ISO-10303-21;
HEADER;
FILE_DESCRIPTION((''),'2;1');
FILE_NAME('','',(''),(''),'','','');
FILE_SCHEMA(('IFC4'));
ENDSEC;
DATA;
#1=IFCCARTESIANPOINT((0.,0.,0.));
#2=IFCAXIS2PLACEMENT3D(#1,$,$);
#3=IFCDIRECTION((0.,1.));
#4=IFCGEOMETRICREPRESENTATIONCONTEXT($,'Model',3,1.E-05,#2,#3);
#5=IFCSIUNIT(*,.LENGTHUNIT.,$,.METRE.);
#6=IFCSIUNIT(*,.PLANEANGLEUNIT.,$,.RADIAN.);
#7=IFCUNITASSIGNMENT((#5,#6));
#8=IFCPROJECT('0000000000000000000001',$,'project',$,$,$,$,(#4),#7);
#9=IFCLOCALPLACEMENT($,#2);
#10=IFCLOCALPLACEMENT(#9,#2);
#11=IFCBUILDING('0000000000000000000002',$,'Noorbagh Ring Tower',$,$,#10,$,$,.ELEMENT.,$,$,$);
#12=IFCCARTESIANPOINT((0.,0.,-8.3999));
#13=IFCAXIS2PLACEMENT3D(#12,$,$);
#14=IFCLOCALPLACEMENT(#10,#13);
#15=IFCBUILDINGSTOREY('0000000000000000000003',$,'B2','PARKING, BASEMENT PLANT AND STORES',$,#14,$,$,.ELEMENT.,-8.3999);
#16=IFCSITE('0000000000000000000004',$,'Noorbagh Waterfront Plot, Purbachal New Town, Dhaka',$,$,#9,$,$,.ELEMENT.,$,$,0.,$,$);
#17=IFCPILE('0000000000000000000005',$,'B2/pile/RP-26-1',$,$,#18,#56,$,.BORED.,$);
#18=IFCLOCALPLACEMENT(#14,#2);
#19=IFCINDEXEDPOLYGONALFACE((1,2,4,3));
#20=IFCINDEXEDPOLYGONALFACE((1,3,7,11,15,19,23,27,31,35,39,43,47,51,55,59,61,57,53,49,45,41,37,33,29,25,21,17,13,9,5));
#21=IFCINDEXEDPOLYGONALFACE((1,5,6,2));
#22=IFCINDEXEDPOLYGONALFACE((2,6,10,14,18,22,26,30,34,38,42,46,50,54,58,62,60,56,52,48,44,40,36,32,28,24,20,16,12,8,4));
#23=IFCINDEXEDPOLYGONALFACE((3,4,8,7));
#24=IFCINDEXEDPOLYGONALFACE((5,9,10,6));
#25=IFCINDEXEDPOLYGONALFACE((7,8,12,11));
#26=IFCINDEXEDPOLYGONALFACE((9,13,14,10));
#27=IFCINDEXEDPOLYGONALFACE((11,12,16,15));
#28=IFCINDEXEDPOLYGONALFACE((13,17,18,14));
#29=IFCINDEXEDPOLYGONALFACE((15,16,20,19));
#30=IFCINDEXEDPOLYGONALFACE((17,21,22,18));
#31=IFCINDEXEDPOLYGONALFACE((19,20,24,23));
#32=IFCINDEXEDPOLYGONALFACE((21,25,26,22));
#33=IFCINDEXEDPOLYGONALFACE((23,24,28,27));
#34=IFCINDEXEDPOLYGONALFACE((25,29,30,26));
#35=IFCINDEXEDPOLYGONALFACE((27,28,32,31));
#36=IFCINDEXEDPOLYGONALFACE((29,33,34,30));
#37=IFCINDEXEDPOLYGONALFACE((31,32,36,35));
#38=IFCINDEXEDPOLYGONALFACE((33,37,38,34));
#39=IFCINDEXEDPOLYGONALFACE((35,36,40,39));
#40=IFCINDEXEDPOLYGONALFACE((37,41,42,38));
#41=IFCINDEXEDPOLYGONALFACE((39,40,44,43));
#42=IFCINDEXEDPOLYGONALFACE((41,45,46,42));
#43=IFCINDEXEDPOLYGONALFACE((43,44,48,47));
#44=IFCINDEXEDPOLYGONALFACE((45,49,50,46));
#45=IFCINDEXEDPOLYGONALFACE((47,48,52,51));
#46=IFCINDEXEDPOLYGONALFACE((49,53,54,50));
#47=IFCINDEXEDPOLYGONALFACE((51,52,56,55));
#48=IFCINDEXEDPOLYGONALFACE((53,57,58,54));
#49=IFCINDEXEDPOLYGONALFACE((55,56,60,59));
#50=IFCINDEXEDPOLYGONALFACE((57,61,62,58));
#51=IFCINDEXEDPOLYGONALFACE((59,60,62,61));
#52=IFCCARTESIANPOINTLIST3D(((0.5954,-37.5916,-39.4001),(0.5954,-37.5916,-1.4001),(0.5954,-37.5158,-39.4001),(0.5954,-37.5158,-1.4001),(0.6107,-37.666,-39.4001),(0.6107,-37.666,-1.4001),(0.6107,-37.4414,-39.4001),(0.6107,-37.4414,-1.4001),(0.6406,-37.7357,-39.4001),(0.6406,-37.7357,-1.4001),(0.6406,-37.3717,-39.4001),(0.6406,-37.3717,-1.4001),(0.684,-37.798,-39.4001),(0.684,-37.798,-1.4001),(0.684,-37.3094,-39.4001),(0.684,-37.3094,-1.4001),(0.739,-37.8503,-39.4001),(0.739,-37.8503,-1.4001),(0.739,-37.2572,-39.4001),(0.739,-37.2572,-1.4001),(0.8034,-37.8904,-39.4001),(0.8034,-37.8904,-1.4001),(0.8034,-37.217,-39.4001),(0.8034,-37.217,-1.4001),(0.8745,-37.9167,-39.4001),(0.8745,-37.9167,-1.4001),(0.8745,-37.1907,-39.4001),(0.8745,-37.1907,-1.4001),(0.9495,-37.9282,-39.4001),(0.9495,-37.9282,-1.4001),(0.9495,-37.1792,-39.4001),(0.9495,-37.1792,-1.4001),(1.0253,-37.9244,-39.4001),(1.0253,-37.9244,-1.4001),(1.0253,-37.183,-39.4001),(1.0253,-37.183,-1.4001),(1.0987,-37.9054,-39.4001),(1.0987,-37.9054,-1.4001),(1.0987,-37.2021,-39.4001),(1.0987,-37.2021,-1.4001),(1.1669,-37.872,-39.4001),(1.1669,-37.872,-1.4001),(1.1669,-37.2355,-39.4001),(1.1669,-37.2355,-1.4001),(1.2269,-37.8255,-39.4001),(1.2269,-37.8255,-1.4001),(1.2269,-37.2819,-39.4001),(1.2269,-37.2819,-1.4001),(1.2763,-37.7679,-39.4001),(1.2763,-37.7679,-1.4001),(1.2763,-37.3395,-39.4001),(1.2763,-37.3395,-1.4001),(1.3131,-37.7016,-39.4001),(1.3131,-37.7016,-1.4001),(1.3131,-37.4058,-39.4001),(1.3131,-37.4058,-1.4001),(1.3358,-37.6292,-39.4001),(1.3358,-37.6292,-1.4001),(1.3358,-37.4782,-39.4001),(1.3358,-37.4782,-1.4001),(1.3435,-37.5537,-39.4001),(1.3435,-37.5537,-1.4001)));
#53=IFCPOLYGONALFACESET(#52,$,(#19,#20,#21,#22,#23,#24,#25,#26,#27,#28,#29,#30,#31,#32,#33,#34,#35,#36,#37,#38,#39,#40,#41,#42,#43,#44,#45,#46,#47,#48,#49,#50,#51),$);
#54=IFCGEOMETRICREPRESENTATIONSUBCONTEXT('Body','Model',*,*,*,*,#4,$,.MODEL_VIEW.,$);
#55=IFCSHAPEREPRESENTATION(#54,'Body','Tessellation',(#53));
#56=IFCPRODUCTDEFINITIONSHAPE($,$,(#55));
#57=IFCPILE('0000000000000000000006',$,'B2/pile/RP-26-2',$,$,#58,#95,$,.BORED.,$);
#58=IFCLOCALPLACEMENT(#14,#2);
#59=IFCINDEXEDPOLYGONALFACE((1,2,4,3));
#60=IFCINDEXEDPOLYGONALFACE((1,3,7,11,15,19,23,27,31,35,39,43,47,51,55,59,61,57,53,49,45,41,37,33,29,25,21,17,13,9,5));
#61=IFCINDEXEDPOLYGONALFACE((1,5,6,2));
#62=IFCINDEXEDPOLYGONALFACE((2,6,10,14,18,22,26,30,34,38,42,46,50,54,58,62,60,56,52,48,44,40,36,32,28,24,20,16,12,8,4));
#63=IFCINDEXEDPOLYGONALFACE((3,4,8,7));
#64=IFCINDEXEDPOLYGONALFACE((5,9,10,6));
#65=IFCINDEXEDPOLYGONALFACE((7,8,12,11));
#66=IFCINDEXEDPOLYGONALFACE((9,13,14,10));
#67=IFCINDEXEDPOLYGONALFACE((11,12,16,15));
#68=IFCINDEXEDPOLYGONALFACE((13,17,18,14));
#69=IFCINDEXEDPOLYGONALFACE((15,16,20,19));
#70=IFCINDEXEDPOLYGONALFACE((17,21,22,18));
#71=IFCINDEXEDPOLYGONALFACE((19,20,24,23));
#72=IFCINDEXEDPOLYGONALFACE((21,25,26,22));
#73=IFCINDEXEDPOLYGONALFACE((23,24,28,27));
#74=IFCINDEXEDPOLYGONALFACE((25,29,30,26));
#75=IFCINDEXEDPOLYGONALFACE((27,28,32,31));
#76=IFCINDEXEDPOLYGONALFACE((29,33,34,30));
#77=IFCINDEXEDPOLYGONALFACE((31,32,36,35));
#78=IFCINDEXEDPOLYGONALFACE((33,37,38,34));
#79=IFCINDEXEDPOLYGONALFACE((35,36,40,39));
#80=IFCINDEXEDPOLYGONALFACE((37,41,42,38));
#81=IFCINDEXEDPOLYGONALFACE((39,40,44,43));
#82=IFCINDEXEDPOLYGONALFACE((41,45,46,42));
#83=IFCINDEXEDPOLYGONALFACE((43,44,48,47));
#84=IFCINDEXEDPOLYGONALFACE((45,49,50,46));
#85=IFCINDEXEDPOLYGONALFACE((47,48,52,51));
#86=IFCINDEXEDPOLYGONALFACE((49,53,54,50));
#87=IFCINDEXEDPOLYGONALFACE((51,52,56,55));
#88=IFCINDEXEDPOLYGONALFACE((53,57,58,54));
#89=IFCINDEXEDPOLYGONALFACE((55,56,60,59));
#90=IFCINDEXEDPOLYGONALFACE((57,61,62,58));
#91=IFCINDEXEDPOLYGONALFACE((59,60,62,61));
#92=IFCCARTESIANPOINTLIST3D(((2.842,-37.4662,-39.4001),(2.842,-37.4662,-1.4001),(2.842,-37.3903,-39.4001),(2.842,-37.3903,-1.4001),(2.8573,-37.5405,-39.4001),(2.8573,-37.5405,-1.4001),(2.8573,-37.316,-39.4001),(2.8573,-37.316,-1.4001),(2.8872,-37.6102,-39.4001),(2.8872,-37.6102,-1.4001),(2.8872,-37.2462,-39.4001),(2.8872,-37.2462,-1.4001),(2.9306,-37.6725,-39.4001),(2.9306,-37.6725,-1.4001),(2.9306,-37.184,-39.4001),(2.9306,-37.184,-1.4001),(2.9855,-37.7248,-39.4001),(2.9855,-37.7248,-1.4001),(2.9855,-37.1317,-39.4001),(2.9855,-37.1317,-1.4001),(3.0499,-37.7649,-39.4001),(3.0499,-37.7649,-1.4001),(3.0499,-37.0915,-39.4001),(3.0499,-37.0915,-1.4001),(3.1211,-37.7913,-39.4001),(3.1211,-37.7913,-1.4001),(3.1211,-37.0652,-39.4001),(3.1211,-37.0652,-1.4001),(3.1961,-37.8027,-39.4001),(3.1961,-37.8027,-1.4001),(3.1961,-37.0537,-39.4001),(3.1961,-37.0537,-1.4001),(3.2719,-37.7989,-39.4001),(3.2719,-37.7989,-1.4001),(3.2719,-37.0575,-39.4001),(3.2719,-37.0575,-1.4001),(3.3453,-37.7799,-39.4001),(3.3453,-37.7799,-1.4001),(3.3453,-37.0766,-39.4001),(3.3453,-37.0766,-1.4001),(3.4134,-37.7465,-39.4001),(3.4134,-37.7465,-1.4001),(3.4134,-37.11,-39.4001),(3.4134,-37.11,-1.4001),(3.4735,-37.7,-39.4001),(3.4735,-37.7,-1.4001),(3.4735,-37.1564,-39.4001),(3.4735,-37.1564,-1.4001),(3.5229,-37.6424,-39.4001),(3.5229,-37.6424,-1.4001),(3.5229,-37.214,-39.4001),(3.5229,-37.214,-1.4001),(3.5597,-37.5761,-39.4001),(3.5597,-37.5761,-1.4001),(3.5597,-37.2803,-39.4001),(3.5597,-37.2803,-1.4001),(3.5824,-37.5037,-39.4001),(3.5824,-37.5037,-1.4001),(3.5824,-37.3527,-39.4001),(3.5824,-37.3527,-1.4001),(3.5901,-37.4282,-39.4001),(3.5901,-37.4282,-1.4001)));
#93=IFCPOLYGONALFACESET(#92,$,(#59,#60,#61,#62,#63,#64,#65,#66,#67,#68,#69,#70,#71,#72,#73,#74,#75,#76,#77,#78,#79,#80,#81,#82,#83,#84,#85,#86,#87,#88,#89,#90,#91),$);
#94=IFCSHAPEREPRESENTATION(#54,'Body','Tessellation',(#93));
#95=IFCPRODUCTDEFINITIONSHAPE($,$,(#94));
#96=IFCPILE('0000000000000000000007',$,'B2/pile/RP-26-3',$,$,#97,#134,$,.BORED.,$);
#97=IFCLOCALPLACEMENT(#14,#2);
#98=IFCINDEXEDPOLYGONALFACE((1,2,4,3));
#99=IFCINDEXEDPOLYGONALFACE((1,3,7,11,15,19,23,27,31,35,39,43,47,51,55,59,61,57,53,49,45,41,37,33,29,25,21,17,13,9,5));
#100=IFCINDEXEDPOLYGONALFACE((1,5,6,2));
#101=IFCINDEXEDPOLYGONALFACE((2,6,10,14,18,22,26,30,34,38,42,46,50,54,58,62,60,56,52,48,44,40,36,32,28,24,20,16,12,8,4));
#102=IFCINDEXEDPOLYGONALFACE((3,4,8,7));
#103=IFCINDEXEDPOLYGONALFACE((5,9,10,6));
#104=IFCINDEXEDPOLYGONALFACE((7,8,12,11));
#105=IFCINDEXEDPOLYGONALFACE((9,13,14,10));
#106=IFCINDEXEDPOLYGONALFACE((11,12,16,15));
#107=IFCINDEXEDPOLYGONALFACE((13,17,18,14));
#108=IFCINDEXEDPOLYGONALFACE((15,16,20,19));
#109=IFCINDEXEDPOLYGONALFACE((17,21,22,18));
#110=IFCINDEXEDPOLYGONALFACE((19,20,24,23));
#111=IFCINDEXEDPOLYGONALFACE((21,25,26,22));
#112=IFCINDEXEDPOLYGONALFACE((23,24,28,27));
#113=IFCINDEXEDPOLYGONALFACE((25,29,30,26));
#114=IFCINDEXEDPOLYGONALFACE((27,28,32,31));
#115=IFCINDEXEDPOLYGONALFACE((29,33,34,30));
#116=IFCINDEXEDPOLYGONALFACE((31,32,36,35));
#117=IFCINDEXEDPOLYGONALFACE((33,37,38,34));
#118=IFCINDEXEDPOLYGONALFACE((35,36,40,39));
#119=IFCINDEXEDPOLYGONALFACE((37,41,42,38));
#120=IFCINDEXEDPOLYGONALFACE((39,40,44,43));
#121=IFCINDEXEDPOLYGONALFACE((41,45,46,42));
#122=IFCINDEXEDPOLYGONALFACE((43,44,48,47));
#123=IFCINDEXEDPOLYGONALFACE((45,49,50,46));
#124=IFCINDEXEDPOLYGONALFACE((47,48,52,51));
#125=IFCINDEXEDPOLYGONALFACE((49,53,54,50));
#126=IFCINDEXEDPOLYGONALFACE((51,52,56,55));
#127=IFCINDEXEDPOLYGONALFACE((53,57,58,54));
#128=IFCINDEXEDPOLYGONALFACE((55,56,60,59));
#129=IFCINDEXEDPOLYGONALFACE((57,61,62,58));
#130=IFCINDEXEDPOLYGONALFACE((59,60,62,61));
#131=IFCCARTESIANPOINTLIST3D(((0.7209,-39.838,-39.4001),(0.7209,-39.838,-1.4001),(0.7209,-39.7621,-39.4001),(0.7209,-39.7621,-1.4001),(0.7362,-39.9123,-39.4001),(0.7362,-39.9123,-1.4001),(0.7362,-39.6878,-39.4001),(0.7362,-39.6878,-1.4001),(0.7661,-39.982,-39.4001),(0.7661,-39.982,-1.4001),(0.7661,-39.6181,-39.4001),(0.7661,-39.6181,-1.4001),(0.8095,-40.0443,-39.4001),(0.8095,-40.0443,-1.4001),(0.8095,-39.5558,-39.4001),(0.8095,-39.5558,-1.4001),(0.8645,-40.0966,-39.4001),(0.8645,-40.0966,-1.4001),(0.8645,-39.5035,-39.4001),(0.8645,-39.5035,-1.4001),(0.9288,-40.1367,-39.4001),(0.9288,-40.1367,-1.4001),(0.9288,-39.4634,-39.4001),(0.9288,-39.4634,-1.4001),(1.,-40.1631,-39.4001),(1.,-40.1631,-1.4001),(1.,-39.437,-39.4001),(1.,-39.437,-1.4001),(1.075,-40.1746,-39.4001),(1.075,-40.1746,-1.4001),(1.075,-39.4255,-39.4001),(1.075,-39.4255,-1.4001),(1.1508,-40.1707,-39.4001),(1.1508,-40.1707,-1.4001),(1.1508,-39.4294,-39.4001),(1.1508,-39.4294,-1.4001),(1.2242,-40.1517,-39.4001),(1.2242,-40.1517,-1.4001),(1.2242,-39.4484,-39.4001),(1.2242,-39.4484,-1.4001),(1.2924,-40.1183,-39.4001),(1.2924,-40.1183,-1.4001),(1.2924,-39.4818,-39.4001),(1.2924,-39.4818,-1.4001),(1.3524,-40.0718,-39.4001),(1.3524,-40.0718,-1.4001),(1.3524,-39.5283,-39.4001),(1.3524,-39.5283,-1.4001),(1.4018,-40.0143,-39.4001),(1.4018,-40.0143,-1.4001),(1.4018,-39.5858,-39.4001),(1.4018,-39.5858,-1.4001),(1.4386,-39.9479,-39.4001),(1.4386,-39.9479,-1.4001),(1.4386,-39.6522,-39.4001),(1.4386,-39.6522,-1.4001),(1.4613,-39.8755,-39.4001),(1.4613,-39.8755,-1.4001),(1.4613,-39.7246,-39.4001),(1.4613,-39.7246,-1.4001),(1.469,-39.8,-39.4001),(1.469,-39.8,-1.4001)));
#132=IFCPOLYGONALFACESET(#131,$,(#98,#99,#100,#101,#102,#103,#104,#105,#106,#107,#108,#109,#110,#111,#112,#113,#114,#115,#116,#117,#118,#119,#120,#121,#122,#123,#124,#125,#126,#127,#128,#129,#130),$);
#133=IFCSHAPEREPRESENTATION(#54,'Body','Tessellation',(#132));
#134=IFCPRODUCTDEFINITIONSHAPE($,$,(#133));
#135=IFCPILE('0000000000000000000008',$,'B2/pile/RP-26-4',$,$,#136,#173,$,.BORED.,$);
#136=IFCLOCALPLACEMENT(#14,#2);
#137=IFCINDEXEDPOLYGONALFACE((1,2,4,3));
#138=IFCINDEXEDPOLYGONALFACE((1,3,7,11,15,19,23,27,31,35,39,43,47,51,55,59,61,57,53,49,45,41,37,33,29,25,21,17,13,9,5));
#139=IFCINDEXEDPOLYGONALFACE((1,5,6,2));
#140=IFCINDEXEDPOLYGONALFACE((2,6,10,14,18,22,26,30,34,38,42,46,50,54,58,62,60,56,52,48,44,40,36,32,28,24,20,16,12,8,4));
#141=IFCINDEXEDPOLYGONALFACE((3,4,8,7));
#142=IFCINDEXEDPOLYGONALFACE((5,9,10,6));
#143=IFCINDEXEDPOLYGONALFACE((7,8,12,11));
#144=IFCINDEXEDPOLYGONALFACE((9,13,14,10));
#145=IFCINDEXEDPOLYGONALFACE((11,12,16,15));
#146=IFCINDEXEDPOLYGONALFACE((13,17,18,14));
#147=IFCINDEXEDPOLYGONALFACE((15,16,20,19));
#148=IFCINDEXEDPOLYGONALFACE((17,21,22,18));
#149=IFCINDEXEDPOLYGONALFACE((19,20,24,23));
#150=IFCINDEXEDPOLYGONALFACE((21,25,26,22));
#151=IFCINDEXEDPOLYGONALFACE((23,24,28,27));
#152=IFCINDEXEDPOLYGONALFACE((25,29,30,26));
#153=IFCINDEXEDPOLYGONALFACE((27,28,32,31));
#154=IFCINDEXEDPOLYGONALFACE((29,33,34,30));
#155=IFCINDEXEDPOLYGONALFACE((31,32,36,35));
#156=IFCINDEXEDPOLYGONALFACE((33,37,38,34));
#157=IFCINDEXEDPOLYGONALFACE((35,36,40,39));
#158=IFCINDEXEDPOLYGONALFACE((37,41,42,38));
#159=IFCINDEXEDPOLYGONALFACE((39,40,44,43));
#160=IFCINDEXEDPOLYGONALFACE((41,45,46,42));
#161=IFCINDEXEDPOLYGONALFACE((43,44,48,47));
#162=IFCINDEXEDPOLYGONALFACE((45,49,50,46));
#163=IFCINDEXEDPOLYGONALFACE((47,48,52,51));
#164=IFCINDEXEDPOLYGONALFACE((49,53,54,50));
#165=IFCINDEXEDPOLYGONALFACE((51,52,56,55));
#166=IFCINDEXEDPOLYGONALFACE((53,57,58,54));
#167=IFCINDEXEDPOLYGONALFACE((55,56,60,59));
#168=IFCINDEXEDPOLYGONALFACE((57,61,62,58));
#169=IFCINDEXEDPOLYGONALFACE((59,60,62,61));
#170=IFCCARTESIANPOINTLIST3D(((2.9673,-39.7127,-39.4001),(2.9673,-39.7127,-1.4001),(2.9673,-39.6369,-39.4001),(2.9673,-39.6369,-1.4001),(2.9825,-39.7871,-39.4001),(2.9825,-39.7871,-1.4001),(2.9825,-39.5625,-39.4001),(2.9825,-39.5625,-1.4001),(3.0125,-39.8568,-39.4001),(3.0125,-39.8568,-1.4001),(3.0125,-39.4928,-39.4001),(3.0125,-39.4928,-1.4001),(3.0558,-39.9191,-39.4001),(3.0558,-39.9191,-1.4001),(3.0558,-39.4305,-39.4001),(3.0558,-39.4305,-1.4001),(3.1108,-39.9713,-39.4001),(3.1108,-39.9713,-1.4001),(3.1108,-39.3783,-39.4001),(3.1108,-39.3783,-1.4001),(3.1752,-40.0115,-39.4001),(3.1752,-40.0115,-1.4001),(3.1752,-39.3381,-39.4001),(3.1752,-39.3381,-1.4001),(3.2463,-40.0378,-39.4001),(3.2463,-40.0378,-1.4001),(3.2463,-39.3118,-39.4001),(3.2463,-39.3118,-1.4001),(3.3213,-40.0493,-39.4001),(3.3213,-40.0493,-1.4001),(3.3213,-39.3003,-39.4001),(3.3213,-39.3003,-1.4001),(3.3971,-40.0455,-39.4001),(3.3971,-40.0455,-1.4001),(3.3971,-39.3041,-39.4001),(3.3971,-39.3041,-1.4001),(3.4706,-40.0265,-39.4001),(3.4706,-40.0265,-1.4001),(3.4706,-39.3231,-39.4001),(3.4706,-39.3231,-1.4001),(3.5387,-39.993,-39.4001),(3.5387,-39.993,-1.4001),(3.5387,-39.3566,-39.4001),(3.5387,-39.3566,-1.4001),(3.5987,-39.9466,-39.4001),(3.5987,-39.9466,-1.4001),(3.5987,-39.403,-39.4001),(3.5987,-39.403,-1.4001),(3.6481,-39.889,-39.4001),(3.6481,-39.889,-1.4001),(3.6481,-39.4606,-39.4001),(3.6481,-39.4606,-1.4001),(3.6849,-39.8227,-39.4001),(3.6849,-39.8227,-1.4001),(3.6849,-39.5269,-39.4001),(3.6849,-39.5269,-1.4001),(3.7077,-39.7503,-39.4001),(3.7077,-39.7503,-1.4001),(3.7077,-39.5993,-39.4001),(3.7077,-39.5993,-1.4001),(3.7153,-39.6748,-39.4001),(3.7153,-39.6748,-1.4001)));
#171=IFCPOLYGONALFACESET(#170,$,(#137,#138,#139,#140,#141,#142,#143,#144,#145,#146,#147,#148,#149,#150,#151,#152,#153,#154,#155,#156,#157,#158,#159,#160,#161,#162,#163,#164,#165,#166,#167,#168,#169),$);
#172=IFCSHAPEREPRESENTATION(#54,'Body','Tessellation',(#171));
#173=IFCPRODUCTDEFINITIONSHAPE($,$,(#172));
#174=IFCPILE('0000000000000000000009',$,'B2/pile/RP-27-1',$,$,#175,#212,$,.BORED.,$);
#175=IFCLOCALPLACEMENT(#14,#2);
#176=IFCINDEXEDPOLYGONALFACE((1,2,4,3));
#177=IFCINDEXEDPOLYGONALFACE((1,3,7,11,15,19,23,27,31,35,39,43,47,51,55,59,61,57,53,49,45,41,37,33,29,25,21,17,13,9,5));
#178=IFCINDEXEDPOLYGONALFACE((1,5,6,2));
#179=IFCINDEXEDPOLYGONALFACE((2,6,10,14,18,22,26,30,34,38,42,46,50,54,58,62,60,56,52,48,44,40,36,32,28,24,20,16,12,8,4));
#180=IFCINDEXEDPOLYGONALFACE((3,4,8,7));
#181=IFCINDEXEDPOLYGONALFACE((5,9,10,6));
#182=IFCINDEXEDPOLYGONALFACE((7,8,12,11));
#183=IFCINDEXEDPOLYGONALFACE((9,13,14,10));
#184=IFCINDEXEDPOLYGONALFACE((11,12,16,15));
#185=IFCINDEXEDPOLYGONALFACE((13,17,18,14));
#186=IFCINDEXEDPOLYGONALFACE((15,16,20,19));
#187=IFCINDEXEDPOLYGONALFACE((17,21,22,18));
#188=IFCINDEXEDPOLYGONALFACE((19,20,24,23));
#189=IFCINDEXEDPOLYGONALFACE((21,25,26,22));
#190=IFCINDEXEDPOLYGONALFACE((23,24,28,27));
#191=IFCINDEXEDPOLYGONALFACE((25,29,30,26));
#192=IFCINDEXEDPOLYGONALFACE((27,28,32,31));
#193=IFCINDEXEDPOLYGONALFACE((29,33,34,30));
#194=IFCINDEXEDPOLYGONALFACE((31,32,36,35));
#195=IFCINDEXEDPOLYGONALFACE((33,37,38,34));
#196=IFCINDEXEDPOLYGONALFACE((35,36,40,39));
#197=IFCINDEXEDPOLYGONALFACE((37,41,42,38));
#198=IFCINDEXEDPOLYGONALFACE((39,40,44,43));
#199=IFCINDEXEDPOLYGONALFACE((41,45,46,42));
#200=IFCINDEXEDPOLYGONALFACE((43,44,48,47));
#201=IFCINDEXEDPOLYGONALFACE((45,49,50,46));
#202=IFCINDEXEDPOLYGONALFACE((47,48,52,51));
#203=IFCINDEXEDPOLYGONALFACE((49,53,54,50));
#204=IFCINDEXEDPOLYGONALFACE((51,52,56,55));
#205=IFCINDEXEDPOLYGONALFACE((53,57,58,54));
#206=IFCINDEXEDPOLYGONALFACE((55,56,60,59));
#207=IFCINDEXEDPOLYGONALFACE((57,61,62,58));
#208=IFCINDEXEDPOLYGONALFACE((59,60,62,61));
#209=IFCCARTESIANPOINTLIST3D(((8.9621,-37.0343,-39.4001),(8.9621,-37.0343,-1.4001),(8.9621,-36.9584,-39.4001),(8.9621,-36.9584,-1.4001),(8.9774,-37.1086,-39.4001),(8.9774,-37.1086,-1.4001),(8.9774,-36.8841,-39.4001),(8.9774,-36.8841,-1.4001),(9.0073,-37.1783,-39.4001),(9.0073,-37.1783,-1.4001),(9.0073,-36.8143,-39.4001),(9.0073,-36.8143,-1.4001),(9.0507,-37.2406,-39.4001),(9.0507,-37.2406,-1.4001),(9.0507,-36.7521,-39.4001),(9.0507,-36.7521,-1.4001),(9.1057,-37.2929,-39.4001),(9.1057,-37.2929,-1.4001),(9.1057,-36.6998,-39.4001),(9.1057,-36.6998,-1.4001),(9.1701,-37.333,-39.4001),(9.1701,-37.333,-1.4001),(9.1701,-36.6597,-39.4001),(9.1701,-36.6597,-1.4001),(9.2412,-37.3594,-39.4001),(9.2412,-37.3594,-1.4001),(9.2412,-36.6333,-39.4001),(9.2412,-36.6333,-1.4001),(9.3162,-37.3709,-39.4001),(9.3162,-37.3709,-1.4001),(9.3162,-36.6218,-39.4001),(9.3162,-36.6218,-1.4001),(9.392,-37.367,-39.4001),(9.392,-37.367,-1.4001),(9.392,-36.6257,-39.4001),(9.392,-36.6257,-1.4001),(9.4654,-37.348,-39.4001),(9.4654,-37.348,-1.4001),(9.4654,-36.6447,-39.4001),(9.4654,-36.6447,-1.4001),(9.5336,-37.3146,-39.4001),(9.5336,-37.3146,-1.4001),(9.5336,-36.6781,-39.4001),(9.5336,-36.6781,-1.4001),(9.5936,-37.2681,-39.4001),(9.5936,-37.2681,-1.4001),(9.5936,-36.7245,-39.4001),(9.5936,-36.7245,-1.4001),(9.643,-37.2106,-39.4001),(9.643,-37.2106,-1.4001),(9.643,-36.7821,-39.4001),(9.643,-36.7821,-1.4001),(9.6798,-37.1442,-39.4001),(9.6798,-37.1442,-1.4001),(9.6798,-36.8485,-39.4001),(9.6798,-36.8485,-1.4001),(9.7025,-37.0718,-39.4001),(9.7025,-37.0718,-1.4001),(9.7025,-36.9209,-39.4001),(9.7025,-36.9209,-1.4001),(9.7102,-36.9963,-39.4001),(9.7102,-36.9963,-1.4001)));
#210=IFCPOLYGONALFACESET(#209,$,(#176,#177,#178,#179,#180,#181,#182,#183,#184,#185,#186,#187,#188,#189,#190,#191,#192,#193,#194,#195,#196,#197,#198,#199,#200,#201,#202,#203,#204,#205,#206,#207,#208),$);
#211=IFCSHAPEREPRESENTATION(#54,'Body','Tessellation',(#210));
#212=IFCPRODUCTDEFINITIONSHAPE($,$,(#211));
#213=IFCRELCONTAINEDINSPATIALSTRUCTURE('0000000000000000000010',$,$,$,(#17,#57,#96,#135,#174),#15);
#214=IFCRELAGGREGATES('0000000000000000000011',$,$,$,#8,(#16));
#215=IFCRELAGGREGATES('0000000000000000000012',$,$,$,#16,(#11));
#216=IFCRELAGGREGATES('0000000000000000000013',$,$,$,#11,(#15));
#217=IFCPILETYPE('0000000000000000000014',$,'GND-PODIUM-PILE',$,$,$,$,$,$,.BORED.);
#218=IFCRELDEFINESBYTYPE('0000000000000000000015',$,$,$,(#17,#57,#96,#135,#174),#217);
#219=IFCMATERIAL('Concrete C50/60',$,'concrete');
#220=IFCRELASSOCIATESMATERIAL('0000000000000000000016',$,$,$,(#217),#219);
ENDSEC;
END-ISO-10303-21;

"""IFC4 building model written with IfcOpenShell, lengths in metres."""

from ifc_helpers import new_model, si_unit, direction, frame, origin, origin_2d, place, context, subcontext, project, spatial, circle, extrude, material, material_profile, profile_set, type_object, element, save


model = new_model("IFC4")

# Units and contexts
model_context = context("Model", 3, precision=1e-05, world=origin(), true_north=direction((0.0, 1.0)))
body_context = subcontext(model_context, "Body", "Model", "MODEL_VIEW")
ifc_project = project(units=[si_unit("LENGTHUNIT", "METRE"), si_unit("PLANEANGLEUNIT", "RADIAN")], contexts=[model_context])

# Site, building, storey
site_placement = place(None, origin())
site = spatial("IfcSite", under=ifc_project, at=site_placement, Name="Noorbagh Waterfront Plot, Purbachal New Town, Dhaka", CompositionType="ELEMENT", RefElevation=0.0)
building_placement = place(site_placement, origin())
building = spatial("IfcBuilding", under=site, at=building_placement, Name="Noorbagh Ring Tower", CompositionType="ELEMENT")
storey_placement = place(building_placement, frame((0.0, 0.0, -8.3999)))
storey = spatial("IfcBuildingStorey", under=building, at=storey_placement, Name="B2", Description="PARKING, BASEMENT PLANT AND STORES", CompositionType="ELEMENT", Elevation=-8.3999)

# Piles
ifc_material_1 = material(Name="Concrete C50/60", Category="concrete")
ifc_material_profile_1 = material_profile(ifc_material_1, circle(Radius=0.375, at=origin_2d()), Name="PILE750")
ifc_profile_set_1 = profile_set([ifc_material_profile_1], Name="Concrete C50/60")
pile_type_1 = type_object("IfcPileType", Name="GND-PODIUM-PILE", PredefinedType="BORED", material=ifc_profile_set_1)
for number, where, z_axis, x_axis, name in (
    (1, (0.9685, -37.5537, -1.4001), (0.0, 0.0, -1.0), (1.0, 0.0, 0.0), "B2/pile/RP-26-1"),
    (2, (3.2151, -37.4282, -1.4001), (0.0, 0.0, -1.0), (1.0, 0.0, 0.0), "B2/pile/RP-26-2"),
    (3, (1.094, -39.8, -1.4001), (0.0, 0.0, -1.0), (1.0, 0.0, 0.0), "B2/pile/RP-26-3"),
    (4, (3.3403, -39.6748, -1.4001), (0.0, 0.0, -1.0), (1.0, 0.0, 0.0), "B2/pile/RP-26-4"),
    (5, (9.3352, -36.9963, -1.4001), (0.0, 0.0, -1.0), (1.0, 0.0, 0.0), "B2/pile/RP-27-1"),
):
    element("IfcPile", number, at=place(storey_placement, frame(where, z_axis=z_axis, x_axis=x_axis)), inside=storey, type_object=pile_type_1, Name=name, PredefinedType="BORED", context=body_context, shape_type="SweptSolid", body=[
        extrude(circle(Radius=0.375, at=origin_2d()), origin(), (0.0, 0.0, 1.0), 38.0),
    ])

save(model, "model.ifc")
